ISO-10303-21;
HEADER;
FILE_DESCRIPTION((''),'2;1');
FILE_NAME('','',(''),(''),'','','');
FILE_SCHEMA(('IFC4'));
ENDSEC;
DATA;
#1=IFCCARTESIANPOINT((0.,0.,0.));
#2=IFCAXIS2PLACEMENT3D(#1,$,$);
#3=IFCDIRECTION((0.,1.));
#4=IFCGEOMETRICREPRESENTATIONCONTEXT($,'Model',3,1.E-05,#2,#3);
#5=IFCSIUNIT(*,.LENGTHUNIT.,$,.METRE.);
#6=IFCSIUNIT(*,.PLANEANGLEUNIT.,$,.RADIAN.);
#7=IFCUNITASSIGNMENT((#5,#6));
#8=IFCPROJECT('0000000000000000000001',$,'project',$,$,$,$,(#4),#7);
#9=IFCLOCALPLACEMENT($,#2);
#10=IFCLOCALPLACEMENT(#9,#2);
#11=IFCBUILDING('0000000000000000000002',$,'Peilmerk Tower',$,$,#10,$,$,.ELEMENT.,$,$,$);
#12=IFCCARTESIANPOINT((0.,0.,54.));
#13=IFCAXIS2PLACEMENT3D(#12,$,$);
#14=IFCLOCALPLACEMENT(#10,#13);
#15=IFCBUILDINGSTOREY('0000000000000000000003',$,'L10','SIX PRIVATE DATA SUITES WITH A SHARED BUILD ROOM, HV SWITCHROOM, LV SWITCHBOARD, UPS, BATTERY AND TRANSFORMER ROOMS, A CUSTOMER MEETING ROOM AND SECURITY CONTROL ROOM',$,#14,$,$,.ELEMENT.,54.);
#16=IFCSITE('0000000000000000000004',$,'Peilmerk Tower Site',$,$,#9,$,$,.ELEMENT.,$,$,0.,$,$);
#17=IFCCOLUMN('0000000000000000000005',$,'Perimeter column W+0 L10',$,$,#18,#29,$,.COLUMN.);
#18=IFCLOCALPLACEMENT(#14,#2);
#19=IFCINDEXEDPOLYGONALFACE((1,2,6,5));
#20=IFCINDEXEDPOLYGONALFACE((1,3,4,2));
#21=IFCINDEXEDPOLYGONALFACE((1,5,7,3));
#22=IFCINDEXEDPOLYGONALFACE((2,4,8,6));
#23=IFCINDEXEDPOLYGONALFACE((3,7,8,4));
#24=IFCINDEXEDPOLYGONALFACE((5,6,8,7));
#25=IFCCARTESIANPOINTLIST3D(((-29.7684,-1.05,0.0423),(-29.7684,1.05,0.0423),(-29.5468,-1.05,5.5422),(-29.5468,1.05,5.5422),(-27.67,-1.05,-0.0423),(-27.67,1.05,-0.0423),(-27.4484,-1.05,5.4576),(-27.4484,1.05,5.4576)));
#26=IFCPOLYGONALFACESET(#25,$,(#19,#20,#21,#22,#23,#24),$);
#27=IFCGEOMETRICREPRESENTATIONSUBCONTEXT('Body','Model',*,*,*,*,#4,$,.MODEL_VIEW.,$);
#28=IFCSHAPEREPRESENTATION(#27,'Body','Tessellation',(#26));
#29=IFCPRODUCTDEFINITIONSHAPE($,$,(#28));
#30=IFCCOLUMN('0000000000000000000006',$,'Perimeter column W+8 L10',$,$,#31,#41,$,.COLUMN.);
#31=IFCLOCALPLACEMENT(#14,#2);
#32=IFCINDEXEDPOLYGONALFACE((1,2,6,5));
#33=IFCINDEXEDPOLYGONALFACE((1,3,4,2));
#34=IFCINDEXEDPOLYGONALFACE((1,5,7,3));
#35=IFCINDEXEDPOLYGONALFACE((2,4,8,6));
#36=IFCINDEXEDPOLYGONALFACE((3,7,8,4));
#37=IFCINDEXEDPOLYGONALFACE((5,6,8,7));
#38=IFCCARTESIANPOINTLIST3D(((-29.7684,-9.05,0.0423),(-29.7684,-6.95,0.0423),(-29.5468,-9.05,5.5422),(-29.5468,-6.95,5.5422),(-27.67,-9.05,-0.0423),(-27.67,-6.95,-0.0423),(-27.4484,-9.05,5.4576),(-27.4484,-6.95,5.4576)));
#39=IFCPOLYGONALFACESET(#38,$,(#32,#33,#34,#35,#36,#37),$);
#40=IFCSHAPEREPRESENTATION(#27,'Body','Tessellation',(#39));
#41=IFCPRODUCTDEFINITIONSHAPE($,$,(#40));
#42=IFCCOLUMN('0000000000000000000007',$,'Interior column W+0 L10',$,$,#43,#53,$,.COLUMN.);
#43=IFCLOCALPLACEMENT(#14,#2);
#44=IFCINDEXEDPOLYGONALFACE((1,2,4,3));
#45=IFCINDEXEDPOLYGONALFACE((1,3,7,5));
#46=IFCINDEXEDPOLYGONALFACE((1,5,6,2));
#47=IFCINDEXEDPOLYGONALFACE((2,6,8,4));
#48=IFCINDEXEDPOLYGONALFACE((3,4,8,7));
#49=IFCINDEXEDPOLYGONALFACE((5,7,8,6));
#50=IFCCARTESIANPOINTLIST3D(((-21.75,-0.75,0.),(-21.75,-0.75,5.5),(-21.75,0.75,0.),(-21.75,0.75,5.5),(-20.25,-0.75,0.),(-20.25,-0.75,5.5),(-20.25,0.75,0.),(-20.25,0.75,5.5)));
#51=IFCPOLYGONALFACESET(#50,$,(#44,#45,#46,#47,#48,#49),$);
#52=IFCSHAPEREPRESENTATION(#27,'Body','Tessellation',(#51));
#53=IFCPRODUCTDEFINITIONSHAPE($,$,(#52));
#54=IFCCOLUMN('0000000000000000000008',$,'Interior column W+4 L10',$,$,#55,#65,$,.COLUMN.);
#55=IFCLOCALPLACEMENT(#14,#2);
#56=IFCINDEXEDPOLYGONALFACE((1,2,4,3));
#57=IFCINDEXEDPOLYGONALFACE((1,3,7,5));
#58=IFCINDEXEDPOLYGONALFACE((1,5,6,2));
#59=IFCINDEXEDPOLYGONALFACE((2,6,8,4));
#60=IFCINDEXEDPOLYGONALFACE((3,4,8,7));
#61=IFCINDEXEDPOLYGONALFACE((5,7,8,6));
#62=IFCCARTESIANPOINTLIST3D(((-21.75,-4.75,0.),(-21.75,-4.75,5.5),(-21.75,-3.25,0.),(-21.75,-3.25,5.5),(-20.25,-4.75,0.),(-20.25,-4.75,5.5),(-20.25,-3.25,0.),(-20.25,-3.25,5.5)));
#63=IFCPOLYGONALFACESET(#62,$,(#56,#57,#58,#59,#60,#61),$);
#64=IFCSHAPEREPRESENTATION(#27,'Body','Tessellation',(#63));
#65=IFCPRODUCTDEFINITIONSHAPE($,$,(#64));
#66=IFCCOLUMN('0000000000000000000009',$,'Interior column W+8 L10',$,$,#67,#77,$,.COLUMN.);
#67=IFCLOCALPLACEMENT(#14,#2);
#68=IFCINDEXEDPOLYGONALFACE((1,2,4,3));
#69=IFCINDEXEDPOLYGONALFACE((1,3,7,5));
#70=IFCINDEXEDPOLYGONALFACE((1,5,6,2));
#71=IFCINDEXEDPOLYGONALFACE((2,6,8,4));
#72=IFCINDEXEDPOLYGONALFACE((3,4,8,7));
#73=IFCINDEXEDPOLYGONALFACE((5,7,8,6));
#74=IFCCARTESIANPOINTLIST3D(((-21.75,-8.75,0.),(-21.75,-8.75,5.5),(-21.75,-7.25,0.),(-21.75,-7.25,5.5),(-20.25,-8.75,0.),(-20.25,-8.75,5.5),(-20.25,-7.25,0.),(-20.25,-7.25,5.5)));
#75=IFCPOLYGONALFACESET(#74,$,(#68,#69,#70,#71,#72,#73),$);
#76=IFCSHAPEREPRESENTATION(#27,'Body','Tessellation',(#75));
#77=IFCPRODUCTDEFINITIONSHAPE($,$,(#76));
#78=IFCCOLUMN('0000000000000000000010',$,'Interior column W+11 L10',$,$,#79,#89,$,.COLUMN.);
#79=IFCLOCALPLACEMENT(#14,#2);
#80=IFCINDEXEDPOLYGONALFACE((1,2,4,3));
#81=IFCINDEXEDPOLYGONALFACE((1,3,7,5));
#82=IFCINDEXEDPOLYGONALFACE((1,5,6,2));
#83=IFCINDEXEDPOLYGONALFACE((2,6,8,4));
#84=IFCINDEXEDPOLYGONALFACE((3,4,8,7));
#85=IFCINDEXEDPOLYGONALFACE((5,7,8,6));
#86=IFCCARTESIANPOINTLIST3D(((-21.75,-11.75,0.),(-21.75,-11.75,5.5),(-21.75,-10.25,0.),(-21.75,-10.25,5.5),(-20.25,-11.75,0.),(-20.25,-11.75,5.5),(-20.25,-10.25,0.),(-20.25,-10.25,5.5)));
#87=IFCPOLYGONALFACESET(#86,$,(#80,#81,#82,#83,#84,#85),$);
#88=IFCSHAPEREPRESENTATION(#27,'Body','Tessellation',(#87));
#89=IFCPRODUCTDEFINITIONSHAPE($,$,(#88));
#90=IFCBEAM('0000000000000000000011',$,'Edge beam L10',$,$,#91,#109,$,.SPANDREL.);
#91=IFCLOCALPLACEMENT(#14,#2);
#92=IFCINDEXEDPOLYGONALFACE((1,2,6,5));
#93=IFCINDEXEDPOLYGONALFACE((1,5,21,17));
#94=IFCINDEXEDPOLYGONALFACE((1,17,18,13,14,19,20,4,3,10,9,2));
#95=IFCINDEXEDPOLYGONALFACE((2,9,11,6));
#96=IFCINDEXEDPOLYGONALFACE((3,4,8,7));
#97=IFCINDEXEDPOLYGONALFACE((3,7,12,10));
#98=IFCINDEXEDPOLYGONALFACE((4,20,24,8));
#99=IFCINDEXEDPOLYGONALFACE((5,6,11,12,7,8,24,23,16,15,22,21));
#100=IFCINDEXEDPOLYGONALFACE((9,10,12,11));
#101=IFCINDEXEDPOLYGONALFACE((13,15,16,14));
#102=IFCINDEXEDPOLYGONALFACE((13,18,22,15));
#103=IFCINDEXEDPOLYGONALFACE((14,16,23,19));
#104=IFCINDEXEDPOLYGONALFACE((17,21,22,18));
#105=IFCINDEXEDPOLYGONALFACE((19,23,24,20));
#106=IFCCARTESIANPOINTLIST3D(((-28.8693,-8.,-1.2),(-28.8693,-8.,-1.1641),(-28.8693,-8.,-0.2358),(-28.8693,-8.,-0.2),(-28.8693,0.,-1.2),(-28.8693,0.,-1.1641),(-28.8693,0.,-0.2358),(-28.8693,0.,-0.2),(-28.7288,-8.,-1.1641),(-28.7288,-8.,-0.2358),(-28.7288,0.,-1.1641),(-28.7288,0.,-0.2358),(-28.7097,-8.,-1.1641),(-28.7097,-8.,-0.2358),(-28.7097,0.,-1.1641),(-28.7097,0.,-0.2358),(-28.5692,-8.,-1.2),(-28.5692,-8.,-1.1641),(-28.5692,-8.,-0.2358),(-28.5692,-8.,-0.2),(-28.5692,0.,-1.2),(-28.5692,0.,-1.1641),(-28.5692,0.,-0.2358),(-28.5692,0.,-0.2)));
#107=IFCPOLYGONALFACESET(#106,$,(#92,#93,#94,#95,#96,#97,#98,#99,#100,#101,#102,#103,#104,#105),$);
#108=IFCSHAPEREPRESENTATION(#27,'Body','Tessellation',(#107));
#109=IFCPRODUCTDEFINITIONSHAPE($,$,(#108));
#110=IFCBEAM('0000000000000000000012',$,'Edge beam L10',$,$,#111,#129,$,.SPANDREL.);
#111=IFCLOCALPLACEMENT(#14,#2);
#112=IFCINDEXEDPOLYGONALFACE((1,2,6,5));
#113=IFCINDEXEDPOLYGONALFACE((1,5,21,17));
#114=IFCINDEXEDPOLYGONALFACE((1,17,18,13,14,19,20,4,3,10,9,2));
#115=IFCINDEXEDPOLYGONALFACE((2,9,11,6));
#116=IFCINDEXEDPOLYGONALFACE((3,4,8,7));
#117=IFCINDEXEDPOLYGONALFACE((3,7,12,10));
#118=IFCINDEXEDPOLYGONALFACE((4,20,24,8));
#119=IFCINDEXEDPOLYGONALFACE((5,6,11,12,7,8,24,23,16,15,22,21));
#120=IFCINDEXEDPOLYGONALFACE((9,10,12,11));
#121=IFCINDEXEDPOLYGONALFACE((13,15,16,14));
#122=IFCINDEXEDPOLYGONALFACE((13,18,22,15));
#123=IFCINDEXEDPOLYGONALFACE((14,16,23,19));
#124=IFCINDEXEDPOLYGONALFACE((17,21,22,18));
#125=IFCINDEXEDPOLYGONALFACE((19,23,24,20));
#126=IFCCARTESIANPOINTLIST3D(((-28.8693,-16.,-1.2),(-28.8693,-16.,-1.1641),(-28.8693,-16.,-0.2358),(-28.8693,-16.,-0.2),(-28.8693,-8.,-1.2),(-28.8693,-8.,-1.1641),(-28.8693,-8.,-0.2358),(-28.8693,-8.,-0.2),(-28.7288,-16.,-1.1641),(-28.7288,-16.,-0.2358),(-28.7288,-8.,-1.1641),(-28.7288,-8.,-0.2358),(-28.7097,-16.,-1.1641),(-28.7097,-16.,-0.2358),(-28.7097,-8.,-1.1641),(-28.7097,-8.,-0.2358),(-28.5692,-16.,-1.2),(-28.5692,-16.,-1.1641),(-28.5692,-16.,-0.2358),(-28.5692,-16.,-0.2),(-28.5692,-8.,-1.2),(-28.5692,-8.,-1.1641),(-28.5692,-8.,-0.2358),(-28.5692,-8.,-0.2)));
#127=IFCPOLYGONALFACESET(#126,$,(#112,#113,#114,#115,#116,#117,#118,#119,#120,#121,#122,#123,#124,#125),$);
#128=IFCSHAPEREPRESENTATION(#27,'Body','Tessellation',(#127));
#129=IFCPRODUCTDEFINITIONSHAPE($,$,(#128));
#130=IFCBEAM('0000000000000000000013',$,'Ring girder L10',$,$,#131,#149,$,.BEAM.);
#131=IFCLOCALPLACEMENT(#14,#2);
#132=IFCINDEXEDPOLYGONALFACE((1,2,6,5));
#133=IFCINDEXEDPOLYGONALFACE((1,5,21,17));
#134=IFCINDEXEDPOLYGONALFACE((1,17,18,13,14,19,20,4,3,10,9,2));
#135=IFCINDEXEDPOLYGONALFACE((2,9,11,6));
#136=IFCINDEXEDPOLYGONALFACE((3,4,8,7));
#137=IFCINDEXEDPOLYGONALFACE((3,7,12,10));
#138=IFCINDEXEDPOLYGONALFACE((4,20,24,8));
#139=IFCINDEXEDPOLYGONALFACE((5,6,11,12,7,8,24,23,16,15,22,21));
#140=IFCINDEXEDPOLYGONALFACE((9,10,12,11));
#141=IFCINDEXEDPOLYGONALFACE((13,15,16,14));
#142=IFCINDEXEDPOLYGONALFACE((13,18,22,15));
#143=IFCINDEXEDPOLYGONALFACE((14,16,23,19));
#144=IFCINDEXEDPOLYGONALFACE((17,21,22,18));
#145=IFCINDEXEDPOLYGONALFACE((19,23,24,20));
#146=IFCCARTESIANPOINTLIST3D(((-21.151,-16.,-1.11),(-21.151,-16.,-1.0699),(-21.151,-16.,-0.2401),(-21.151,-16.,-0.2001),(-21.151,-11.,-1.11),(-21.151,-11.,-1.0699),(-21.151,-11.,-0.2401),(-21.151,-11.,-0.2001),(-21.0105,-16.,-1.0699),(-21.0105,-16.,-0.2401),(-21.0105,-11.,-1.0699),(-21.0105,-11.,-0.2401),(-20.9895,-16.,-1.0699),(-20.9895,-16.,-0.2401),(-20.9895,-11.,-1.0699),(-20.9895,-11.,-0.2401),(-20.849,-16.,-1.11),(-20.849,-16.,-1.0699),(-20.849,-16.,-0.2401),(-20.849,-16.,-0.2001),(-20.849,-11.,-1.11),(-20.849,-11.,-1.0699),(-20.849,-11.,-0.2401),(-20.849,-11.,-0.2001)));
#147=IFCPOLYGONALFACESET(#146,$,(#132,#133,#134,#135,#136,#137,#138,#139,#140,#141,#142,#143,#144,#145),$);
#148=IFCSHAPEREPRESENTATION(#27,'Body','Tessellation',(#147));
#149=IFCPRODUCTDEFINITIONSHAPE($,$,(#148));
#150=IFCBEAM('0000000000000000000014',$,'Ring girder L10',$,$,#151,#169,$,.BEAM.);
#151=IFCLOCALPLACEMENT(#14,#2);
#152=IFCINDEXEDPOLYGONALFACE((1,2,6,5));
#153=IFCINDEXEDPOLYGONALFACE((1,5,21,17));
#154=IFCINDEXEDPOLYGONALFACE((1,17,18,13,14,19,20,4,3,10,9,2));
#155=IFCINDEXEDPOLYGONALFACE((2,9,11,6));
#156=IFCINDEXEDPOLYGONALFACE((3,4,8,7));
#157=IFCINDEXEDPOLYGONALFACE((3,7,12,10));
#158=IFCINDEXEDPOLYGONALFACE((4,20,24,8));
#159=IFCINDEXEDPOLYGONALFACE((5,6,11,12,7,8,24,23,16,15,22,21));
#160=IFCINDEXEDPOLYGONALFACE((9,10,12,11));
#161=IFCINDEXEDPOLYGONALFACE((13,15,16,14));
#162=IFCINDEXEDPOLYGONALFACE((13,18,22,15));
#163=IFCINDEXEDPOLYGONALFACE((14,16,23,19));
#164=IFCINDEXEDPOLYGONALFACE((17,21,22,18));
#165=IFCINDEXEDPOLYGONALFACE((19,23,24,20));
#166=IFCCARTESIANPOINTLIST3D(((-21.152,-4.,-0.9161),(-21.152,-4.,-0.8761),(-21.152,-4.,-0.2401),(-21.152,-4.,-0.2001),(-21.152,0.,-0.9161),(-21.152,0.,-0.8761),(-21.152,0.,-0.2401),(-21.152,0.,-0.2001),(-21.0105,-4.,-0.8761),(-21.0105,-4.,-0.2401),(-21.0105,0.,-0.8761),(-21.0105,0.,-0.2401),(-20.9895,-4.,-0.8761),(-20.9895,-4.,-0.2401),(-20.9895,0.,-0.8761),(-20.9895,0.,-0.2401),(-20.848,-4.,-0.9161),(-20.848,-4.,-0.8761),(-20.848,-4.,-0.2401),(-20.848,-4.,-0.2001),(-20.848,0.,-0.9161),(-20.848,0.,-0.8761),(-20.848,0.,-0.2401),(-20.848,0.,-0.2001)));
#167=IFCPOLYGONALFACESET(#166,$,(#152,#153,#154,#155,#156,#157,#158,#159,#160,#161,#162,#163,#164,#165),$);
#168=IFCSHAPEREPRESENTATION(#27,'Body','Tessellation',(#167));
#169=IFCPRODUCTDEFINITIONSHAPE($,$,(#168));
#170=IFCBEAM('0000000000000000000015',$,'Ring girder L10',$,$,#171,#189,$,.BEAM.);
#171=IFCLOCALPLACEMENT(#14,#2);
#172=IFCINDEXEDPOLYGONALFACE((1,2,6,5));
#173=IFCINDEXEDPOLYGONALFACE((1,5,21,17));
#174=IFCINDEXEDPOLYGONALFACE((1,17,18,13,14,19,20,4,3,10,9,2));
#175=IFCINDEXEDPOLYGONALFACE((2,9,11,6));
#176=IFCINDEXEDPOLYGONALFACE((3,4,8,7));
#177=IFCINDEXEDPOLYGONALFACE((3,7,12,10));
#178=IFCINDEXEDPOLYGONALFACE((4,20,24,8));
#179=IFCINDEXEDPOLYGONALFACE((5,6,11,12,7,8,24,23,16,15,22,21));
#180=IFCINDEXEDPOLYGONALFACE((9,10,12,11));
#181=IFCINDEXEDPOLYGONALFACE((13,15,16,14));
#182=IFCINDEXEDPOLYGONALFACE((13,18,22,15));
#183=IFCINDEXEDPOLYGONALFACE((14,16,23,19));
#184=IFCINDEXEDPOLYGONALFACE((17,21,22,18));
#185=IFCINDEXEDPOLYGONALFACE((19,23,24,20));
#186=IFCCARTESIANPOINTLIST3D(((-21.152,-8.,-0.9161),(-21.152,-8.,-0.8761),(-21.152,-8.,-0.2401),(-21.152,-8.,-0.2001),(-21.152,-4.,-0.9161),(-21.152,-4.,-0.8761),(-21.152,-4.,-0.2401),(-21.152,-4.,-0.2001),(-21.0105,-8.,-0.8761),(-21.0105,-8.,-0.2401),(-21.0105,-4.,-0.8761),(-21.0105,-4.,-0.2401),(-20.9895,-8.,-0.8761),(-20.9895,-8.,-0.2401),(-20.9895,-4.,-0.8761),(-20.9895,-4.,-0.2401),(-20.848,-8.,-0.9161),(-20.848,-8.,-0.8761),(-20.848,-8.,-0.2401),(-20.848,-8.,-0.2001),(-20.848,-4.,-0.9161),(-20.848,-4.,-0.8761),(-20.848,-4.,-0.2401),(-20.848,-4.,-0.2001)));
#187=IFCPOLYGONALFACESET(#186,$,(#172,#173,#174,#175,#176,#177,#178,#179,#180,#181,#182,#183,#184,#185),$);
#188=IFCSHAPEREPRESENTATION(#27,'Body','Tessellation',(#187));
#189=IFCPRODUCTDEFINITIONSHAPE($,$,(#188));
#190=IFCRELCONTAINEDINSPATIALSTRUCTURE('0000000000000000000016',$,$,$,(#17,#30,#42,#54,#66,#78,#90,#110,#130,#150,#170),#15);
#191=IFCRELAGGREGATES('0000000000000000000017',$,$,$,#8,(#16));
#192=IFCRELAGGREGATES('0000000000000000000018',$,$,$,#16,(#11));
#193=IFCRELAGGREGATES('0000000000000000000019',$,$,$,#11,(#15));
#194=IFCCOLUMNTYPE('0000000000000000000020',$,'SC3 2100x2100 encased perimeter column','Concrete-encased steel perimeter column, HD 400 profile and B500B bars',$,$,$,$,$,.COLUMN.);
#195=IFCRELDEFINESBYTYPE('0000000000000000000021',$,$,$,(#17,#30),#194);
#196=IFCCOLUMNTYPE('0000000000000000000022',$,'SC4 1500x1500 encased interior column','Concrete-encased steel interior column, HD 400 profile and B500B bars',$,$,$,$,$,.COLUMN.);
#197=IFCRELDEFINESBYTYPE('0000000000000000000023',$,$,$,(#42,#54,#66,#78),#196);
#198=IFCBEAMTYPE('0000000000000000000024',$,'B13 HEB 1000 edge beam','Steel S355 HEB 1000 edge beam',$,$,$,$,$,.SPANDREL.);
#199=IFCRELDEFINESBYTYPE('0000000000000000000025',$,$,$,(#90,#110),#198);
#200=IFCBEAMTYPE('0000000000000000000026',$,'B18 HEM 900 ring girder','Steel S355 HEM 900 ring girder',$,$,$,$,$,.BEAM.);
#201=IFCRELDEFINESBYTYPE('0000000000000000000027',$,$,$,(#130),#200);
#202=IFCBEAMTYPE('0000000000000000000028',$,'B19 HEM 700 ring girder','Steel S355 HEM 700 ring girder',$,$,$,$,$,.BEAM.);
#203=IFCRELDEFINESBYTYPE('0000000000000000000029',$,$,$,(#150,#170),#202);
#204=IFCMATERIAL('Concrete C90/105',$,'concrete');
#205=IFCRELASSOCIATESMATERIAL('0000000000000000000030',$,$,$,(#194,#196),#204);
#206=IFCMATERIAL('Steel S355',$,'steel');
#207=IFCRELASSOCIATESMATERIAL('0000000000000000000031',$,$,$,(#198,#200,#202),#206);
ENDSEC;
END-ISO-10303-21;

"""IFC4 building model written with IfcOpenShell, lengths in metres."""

from ifc_helpers import new_model, si_unit, direction, frame, origin, origin_2d, place, context, subcontext, project, spatial, rectangle, i_section, extrude, material, material_profile, profile_set, type_object, element, save


model = new_model("IFC4")

# Units and contexts
model_context = context("Model", 3, precision=1e-05, world=origin(), true_north=direction((0.0, 1.0)))
body_context = subcontext(model_context, "Body", "Model", "MODEL_VIEW")
ifc_project = project(units=[si_unit("LENGTHUNIT", "METRE"), si_unit("PLANEANGLEUNIT", "RADIAN")], contexts=[model_context])

# Site, building, storey
site_placement = place(None, origin())
site = spatial("IfcSite", under=ifc_project, at=site_placement, Name="Peilmerk Tower Site", CompositionType="ELEMENT", RefElevation=0.0)
building_placement = place(site_placement, origin())
building = spatial("IfcBuilding", under=site, at=building_placement, Name="Peilmerk Tower", CompositionType="ELEMENT")
storey_placement = place(building_placement, frame((0.0, 0.0, 54.0)))
storey = spatial("IfcBuildingStorey", under=building, at=storey_placement, Name="L10", Description="SIX PRIVATE DATA SUITES WITH A SHARED BUILD ROOM, HV SWITCHROOM, LV SWITCHBOARD, UPS, BATTERY AND TRANSFORMER ROOMS, A CUSTOMER MEETING ROOM AND SECURITY CONTROL ROOM", CompositionType="ELEMENT", Elevation=54.0)

# Columns
ifc_material_1 = material(Name="Concrete C90/105", Category="concrete")
ifc_material_profile_1 = material_profile(ifc_material_1, rectangle(XDim=2.1001, YDim=2.1001, at=origin_2d()), Name="RC 2100x2100")
ifc_profile_set_1 = profile_set([ifc_material_profile_1], Name="Concrete C90/105")
column_type_1 = type_object("IfcColumnType", Name="SC3 2100x2100 encased perimeter column", Description="Concrete-encased steel perimeter column, HD 400 profile and B500B bars", PredefinedType="COLUMN", material=ifc_profile_set_1)
for number, where, z_axis, x_axis, name in (
    (1, (-28.7192, 0.0, 0.0), (0.040273, 0.0, 0.999189), (0.0, 1.0, 0.0), "Perimeter column W+0 L10"),
    (2, (-28.7192, -8.0, 0.0), (0.040273, 0.0, 0.999189), (0.0, 1.0, 0.0), "Perimeter column W+8 L10"),
):
    element("IfcColumn", number, at=place(storey_placement, frame(where, z_axis=z_axis, x_axis=x_axis)), inside=storey, type_object=column_type_1, Name=name, PredefinedType="COLUMN", context=body_context, shape_type="SweptSolid", body=[
        extrude(rectangle(XDim=2.1001, YDim=2.1001, at=origin_2d()), origin(), (0.0, 0.0, 1.0), 5.5044),
    ])
ifc_material_profile_2 = material_profile(ifc_material_1, rectangle(XDim=1.5, YDim=1.5, at=origin_2d()), Name="RC 1500x1500")
ifc_profile_set_2 = profile_set([ifc_material_profile_2], Name="Concrete C90/105")
column_type_2 = type_object("IfcColumnType", Name="SC4 1500x1500 encased interior column", Description="Concrete-encased steel interior column, HD 400 profile and B500B bars", PredefinedType="COLUMN", material=ifc_profile_set_2)
for number, where, z_axis, x_axis, name in (
    (3, (-21.0, 0.0, 0.0), (0.0, 0.0, 1.0), (1.0, 0.0, 0.0), "Interior column W+0 L10"),
    (4, (-21.0, -4.0, 0.0), (0.0, 0.0, 1.0), (1.0, 0.0, 0.0), "Interior column W+4 L10"),
    (5, (-21.0, -8.0, 0.0), (0.0, 0.0, 1.0), (1.0, 0.0, 0.0), "Interior column W+8 L10"),
    (6, (-21.0, -11.0, 0.0), (0.0, 0.0, 1.0), (1.0, 0.0, 0.0), "Interior column W+11 L10"),
):
    element("IfcColumn", number, at=place(storey_placement, frame(where, z_axis=z_axis, x_axis=x_axis)), inside=storey, type_object=column_type_2, Name=name, PredefinedType="COLUMN", context=body_context, shape_type="SweptSolid", body=[
        extrude(rectangle(XDim=1.5, YDim=1.5, at=origin_2d()), origin(), (0.0, 0.0, 1.0), 5.5),
    ])

# Beams
ifc_material_2 = material(Name="Steel S355", Category="steel")
ifc_material_profile_3 = material_profile(ifc_material_2, i_section(OverallWidth=0.3, OverallDepth=1.0, WebThickness=0.019, FlangeThickness=0.0359, at=origin_2d()), Name="HEB 1000")
ifc_profile_set_3 = profile_set([ifc_material_profile_3], Name="Steel S355")
beam_type_1 = type_object("IfcBeamType", Name="B13 HEB 1000 edge beam", Description="Steel S355 HEB 1000 edge beam", PredefinedType="SPANDREL", material=ifc_profile_set_3)
for number, where, z_axis, x_axis, name in (
    (7, (-28.7192, 0.0, -0.7), (0.0, -1.0, 0.0), (1.0, 0.0, 0.0), "Edge beam L10"),
    (8, (-28.7192, -8.0, -0.7), (0.0, -1.0, 0.0), (1.0, 0.0, 0.0), "Edge beam L10"),
):
    element("IfcBeam", number, at=place(storey_placement, frame(where, z_axis=z_axis, x_axis=x_axis)), inside=storey, type_object=beam_type_1, Name=name, PredefinedType="SPANDREL", context=body_context, shape_type="SweptSolid", body=[
        extrude(i_section(OverallWidth=0.3, OverallDepth=1.0, WebThickness=0.019, FlangeThickness=0.0359, at=origin_2d()), origin(), (0.0, 0.0, 1.0), 8.0),
    ])
ifc_material_profile_4 = material_profile(ifc_material_2, i_section(OverallWidth=0.302, OverallDepth=0.9099, WebThickness=0.021, FlangeThickness=0.04, at=origin_2d()), Name="HEM 900")
ifc_profile_set_4 = profile_set([ifc_material_profile_4], Name="Steel S355")
beam_type_2 = type_object("IfcBeamType", Name="B18 HEM 900 ring girder", Description="Steel S355 HEM 900 ring girder", PredefinedType="BEAM", material=ifc_profile_set_4)
beam_1_placement = place(storey_placement, frame((-21.0, -11.0, -0.655), z_axis=(0.0, -1.0, 0.0), x_axis=(1.0, 0.0, 0.0)))
element("IfcBeam", 9, at=beam_1_placement, inside=storey, type_object=beam_type_2, Name="Ring girder L10", PredefinedType="BEAM", context=body_context, shape_type="SweptSolid", body=[
    extrude(i_section(OverallWidth=0.302, OverallDepth=0.9099, WebThickness=0.021, FlangeThickness=0.04, at=origin_2d()), origin(), (0.0, 0.0, 1.0), 5.0),
])
ifc_material_profile_5 = material_profile(ifc_material_2, i_section(OverallWidth=0.304, OverallDepth=0.7161, WebThickness=0.021, FlangeThickness=0.04, at=origin_2d()), Name="HEM 700")
ifc_profile_set_5 = profile_set([ifc_material_profile_5], Name="Steel S355")
beam_type_3 = type_object("IfcBeamType", Name="B19 HEM 700 ring girder", Description="Steel S355 HEM 700 ring girder", PredefinedType="BEAM", material=ifc_profile_set_5)
for number, where, z_axis, x_axis, name in (
    (10, (-21.0, 0.0, -0.5581), (0.0, -1.0, 0.0), (1.0, 0.0, 0.0), "Ring girder L10"),
    (11, (-21.0, -4.0, -0.5581), (0.0, -1.0, 0.0), (1.0, 0.0, 0.0), "Ring girder L10"),
):
    element("IfcBeam", number, at=place(storey_placement, frame(where, z_axis=z_axis, x_axis=x_axis)), inside=storey, type_object=beam_type_3, Name=name, PredefinedType="BEAM", context=body_context, shape_type="SweptSolid", body=[
        extrude(i_section(OverallWidth=0.304, OverallDepth=0.7161, WebThickness=0.021, FlangeThickness=0.04, at=origin_2d()), origin(), (0.0, 0.0, 1.0), 4.0),
    ])

save(model, "model.ifc")
